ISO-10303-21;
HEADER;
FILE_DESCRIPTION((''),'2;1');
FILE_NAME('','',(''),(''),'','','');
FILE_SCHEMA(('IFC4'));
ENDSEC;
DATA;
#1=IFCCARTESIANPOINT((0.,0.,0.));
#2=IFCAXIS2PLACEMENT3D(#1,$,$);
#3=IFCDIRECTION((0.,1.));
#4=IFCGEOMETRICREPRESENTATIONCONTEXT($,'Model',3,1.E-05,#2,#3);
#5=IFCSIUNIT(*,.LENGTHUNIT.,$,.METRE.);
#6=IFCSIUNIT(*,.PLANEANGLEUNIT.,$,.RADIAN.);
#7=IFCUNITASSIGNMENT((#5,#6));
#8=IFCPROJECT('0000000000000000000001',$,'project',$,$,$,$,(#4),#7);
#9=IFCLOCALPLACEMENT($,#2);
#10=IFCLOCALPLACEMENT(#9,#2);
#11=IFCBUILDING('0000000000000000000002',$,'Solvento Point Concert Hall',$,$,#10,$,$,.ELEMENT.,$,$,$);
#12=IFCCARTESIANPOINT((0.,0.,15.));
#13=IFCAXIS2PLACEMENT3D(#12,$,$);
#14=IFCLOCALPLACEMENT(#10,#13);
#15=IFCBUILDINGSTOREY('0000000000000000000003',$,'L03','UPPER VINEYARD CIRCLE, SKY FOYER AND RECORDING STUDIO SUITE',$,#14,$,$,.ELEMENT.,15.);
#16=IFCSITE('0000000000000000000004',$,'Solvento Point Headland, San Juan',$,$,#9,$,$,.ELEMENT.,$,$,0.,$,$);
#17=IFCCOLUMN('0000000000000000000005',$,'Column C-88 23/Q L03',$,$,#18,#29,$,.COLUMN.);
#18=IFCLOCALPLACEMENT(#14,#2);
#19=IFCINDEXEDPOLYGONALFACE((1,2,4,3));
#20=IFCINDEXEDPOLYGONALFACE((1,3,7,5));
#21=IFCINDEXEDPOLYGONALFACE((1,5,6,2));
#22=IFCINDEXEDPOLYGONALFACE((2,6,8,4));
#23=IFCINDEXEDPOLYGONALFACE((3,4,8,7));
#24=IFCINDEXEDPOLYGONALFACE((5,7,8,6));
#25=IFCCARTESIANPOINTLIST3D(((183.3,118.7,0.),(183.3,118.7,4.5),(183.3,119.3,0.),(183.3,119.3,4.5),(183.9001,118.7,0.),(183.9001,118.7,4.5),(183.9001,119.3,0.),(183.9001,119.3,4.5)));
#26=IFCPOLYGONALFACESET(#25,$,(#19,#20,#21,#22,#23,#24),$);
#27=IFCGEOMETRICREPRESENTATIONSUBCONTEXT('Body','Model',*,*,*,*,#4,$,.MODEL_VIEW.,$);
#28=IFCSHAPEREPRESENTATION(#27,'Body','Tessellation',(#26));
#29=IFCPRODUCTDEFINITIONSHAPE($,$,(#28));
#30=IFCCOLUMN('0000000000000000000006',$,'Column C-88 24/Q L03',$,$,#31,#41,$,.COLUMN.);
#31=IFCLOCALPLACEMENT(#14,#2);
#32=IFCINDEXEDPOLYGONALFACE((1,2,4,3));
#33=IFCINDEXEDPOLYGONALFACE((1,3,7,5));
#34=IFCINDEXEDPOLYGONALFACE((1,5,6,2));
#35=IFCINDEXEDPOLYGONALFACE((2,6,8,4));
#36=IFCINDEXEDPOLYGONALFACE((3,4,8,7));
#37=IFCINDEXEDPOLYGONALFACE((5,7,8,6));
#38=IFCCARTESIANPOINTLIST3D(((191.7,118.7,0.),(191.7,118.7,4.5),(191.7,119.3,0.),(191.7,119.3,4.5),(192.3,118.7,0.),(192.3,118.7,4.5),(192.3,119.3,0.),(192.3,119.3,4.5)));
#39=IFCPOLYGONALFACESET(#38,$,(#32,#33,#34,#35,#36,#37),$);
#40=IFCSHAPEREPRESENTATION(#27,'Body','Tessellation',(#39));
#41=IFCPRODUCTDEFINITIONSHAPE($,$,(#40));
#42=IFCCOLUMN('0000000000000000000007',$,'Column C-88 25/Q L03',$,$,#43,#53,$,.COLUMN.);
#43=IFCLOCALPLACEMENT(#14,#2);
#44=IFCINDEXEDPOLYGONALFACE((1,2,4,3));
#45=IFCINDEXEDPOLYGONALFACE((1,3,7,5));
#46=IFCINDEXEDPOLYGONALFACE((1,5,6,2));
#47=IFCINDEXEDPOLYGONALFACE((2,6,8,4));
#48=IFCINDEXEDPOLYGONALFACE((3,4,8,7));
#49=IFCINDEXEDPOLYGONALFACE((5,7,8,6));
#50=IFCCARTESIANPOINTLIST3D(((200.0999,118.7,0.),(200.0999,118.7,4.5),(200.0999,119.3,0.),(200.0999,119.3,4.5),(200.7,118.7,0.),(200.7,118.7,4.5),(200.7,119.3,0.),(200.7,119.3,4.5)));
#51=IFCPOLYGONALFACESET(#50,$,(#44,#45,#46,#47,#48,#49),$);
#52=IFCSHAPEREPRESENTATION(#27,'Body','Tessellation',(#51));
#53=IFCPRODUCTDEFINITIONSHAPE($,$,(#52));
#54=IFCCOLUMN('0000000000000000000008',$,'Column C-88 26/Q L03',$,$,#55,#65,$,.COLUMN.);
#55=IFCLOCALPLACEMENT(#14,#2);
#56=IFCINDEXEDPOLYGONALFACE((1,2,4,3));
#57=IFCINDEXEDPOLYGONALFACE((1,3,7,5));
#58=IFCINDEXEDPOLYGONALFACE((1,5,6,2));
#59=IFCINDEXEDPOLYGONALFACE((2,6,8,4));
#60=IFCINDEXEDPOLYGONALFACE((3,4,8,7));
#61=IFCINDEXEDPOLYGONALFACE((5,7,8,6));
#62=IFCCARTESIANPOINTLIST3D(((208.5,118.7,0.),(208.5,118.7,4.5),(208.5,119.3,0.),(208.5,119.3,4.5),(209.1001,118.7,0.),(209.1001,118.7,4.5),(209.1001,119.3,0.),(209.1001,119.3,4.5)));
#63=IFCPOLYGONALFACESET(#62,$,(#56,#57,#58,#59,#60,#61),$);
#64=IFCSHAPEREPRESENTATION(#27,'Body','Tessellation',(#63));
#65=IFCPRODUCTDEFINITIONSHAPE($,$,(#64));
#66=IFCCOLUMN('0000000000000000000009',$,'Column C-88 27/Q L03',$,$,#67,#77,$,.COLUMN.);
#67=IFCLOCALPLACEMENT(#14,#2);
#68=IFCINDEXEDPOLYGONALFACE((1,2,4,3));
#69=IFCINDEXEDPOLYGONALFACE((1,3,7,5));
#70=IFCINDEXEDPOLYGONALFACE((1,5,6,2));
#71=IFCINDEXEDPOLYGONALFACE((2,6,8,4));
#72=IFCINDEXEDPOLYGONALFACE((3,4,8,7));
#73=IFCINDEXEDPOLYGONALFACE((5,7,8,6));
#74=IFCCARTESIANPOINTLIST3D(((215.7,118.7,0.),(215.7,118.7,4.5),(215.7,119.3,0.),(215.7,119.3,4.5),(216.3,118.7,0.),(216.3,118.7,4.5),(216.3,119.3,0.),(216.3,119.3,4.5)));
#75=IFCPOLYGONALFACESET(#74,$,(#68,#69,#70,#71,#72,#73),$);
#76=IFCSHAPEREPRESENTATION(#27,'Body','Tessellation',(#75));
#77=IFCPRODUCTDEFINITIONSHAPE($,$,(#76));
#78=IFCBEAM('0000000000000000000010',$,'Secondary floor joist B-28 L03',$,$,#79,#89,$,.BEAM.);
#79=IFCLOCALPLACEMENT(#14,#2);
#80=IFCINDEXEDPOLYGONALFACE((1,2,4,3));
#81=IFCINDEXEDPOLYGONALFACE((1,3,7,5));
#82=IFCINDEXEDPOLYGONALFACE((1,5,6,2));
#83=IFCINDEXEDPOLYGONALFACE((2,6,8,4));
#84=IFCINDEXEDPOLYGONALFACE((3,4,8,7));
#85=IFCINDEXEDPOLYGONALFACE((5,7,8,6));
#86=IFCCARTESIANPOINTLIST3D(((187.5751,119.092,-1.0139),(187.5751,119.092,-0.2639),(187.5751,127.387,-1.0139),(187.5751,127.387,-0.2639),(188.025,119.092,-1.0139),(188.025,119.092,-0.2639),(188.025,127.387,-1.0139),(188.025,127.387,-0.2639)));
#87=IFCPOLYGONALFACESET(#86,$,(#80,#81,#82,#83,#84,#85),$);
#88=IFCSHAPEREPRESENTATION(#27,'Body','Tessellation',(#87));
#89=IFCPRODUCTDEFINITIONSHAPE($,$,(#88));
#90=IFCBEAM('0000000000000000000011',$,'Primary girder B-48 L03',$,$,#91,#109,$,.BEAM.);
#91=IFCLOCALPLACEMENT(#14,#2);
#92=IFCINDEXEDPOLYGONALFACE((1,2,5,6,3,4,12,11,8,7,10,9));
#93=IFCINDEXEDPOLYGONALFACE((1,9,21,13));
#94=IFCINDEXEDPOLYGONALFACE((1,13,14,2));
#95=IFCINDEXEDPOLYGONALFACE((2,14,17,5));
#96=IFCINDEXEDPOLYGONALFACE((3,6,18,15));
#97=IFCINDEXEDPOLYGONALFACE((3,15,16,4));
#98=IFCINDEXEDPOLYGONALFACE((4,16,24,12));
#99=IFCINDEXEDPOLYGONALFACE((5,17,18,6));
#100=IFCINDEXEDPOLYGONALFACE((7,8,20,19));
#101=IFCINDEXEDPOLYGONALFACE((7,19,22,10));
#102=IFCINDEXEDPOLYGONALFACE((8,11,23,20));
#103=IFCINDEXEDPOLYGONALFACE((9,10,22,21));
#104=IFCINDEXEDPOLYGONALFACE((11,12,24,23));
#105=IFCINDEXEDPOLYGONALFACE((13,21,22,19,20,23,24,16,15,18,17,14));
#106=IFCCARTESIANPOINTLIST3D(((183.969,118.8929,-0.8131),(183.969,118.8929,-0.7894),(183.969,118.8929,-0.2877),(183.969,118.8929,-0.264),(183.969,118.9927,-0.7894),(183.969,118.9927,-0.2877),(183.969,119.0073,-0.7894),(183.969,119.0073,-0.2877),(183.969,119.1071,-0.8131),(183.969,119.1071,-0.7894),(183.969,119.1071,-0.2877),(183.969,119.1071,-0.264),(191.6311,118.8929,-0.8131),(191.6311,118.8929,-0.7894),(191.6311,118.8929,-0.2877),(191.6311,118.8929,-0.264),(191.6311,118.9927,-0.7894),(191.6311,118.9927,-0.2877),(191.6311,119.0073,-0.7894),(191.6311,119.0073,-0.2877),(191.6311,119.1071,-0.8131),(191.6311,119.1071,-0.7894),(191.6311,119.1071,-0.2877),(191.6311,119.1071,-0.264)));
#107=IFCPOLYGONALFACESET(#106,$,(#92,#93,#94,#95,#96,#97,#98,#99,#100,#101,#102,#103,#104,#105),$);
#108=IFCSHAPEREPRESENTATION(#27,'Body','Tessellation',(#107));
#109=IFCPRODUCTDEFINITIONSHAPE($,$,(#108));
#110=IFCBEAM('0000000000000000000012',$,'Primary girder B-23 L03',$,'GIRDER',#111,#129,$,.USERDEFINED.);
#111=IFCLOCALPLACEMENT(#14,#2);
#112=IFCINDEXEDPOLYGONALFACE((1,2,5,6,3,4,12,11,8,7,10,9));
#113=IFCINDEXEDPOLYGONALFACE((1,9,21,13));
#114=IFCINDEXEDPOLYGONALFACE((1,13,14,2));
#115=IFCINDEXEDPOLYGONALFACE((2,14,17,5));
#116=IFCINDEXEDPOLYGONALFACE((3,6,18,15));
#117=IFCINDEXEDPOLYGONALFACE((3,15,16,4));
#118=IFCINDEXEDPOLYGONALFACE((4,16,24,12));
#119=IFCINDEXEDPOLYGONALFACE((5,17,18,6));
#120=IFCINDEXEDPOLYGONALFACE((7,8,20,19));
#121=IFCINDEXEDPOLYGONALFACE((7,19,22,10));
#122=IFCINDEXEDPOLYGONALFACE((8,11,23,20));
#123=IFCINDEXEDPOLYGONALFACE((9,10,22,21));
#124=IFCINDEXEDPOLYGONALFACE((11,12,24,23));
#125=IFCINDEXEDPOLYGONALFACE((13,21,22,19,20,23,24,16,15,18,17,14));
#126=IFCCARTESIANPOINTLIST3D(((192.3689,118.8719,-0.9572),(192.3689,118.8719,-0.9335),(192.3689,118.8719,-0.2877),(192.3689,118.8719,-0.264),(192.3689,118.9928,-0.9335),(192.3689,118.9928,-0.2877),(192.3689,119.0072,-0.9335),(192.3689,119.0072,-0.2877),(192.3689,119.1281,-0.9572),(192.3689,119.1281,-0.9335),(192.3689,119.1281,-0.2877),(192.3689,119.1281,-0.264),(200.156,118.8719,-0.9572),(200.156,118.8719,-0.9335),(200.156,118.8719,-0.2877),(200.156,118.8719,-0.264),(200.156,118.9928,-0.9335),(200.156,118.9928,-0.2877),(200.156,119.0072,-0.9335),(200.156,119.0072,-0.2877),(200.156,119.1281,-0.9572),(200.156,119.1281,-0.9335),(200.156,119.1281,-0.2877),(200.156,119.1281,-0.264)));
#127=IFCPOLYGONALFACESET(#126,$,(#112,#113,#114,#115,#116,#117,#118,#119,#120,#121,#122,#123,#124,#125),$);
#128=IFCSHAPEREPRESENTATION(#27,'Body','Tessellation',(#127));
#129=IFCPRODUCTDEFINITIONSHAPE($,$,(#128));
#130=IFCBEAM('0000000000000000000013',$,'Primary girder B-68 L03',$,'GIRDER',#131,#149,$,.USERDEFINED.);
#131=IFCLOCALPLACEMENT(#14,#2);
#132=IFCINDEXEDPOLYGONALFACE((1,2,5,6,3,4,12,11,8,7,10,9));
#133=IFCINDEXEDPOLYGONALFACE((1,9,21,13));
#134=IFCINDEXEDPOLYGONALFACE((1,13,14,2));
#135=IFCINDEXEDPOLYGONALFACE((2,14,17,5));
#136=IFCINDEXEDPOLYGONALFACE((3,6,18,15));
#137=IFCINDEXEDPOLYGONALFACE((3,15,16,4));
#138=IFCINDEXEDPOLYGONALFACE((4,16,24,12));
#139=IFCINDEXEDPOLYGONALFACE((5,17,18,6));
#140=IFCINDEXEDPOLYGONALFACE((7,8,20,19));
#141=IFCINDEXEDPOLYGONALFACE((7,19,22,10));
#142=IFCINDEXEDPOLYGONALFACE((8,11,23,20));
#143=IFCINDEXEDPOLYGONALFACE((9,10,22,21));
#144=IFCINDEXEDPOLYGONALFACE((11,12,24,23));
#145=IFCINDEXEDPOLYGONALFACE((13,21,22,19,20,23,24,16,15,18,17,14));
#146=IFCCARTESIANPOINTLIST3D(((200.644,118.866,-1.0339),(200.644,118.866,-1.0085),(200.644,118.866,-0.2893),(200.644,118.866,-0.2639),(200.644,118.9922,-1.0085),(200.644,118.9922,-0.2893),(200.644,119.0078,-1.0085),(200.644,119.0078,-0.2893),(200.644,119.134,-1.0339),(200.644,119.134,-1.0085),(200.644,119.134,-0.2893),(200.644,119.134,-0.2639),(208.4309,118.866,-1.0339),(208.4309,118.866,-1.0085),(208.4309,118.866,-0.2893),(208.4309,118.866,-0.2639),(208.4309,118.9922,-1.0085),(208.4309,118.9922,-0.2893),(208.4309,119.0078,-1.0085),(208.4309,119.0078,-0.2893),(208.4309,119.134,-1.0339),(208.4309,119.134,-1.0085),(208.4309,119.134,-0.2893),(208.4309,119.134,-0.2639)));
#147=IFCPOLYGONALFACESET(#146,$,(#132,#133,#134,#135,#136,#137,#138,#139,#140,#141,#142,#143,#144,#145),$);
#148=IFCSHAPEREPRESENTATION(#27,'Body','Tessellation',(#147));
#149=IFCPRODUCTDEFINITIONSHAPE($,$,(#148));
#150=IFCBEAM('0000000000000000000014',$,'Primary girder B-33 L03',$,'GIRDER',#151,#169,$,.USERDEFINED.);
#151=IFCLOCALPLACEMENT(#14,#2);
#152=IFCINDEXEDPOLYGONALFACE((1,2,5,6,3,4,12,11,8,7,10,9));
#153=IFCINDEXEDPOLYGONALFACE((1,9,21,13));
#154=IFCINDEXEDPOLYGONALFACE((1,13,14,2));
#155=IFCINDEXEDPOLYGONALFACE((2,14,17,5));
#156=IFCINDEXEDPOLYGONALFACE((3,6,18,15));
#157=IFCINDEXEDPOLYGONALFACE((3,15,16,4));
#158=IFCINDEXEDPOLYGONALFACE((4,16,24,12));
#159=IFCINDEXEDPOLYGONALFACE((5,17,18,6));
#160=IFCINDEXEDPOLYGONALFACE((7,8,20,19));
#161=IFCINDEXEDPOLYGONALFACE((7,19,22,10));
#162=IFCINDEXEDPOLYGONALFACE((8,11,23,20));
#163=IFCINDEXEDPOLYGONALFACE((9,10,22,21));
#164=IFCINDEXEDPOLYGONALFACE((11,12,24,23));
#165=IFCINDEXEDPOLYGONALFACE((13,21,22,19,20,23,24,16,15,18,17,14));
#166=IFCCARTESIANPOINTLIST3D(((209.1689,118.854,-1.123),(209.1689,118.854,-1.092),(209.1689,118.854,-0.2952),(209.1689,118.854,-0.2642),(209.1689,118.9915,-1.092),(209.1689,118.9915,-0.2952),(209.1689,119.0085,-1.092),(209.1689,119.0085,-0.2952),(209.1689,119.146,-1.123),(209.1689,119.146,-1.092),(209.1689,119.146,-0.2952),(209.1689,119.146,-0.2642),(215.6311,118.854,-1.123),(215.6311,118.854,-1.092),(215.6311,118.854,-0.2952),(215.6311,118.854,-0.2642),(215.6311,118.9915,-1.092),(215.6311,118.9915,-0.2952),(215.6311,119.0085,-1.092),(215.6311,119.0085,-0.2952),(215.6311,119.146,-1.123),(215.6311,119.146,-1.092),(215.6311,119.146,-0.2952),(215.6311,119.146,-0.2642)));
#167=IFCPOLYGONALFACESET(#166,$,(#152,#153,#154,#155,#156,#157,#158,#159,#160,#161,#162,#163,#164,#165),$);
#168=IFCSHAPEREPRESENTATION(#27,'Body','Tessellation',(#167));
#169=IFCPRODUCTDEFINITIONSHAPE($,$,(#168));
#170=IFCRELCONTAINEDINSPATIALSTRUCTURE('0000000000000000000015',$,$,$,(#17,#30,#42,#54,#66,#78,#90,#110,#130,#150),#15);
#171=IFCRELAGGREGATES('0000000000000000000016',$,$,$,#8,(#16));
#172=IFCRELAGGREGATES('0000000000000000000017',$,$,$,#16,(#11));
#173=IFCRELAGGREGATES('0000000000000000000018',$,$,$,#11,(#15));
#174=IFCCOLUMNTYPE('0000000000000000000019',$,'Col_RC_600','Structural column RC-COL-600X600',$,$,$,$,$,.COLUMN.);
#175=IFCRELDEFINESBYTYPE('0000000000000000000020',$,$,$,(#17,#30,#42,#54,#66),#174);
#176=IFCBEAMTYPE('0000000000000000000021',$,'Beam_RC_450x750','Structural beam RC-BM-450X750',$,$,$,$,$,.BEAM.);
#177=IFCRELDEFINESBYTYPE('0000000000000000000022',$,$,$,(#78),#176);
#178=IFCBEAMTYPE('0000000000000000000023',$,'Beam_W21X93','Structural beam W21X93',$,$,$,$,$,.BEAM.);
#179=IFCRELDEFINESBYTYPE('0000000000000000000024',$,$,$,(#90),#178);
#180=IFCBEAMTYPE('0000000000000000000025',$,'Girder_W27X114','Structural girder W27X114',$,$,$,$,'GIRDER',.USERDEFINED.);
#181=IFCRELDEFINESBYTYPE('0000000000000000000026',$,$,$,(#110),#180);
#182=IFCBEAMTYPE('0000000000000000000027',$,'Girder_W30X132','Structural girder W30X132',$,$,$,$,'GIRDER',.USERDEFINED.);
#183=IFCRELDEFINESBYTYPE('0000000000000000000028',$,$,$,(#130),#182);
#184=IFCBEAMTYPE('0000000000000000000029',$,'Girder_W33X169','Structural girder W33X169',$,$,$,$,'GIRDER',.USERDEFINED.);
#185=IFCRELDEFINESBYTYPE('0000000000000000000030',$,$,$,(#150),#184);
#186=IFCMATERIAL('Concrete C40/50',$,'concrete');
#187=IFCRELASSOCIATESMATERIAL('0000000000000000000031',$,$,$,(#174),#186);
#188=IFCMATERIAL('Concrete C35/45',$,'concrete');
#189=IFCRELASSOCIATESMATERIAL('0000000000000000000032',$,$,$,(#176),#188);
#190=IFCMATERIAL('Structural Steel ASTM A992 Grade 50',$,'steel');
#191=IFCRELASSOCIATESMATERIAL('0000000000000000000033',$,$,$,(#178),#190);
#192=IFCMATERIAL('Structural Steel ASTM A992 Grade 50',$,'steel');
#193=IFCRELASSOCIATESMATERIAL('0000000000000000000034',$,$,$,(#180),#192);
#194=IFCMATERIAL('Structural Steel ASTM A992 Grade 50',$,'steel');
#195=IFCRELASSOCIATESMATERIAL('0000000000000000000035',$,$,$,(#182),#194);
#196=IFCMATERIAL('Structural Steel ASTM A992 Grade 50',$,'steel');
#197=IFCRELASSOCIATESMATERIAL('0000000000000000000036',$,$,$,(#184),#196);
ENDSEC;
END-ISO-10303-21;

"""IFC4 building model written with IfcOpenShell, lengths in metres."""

from ifc_helpers import new_model, si_unit, direction, frame, origin, origin_2d, place, context, subcontext, project, spatial, rectangle, i_section, extrude, material, material_profile, profile_set, type_object, element, save


model = new_model("IFC4")

# Units and contexts
model_context = context("Model", 3, precision=1e-05, world=origin(), true_north=direction((0.0, 1.0)))
body_context = subcontext(model_context, "Body", "Model", "MODEL_VIEW")
ifc_project = project(units=[si_unit("LENGTHUNIT", "METRE"), si_unit("PLANEANGLEUNIT", "RADIAN")], contexts=[model_context])

# Site, building, storey
site_placement = place(None, origin())
site = spatial("IfcSite", under=ifc_project, at=site_placement, Name="Solvento Point Headland, San Juan", CompositionType="ELEMENT", RefElevation=0.0)
building_placement = place(site_placement, origin())
building = spatial("IfcBuilding", under=site, at=building_placement, Name="Solvento Point Concert Hall", CompositionType="ELEMENT")
storey_placement = place(building_placement, frame((0.0, 0.0, 15.0)))
storey = spatial("IfcBuildingStorey", under=building, at=storey_placement, Name="L03", Description="UPPER VINEYARD CIRCLE, SKY FOYER AND RECORDING STUDIO SUITE", CompositionType="ELEMENT", Elevation=15.0)

# Columns
ifc_material_1 = material(Name="Concrete C40/50", Category="concrete")
ifc_material_profile_1 = material_profile(ifc_material_1, rectangle(XDim=0.6001, YDim=0.6001, at=origin_2d()), Name="RC-COL-600X600")
ifc_profile_set_1 = profile_set([ifc_material_profile_1], Name="Concrete C40/50")
column_type = type_object("IfcColumnType", Name="Col_RC_600", Description="Structural column RC-COL-600X600", PredefinedType="COLUMN", material=ifc_profile_set_1)
for number, where, z_axis, x_axis, name in (
    (1, (183.6001, 119.0, 0.0), (0.0, 0.0, 1.0), (1.0, 0.0, 0.0), "Column C-88 23/Q L03"),
    (2, (192.0, 119.0, 0.0), (0.0, 0.0, 1.0), (1.0, 0.0, 0.0), "Column C-88 24/Q L03"),
    (3, (200.3999, 119.0, 0.0), (0.0, 0.0, 1.0), (1.0, 0.0, 0.0), "Column C-88 25/Q L03"),
    (4, (208.8, 119.0, 0.0), (0.0, 0.0, 1.0), (1.0, 0.0, 0.0), "Column C-88 26/Q L03"),
    (5, (216.0, 119.0, 0.0), (0.0, 0.0, 1.0), (1.0, 0.0, 0.0), "Column C-88 27/Q L03"),
):
    element("IfcColumn", number, at=place(storey_placement, frame(where, z_axis=z_axis, x_axis=x_axis)), inside=storey, type_object=column_type, Name=name, PredefinedType="COLUMN", context=body_context, shape_type="SweptSolid", body=[
        extrude(rectangle(XDim=0.6001, YDim=0.6001, at=origin_2d()), origin(), (0.0, 0.0, 1.0), 4.5),
    ])

# Beams
ifc_material_2 = material(Name="Concrete C35/45", Category="concrete")
ifc_material_profile_2 = material_profile(ifc_material_2, rectangle(XDim=0.45, YDim=0.75, at=origin_2d()), Name="RC-BM-450X750")
ifc_profile_set_2 = profile_set([ifc_material_profile_2], Name="Concrete C35/45")
beam_type_1 = type_object("IfcBeamType", Name="Beam_RC_450x750", Description="Structural beam RC-BM-450X750", PredefinedType="BEAM", material=ifc_profile_set_2)
beam_1_placement = place(storey_placement, frame((187.8, 119.092, -0.6389), z_axis=(0.0, 1.0, 0.0), x_axis=(-1.0, 0.0, 0.0)))
element("IfcBeam", 6, at=beam_1_placement, inside=storey, type_object=beam_type_1, Name="Secondary floor joist B-28 L03", PredefinedType="BEAM", context=body_context, shape_type="SweptSolid", body=[
    extrude(rectangle(XDim=0.45, YDim=0.75, at=origin_2d()), origin(), (0.0, 0.0, 1.0), 8.2949),
])
ifc_material_3 = material(Name="Structural Steel ASTM A992 Grade 50", Category="steel")
ifc_material_profile_3 = material_profile(ifc_material_3, i_section(OverallWidth=0.2141, OverallDepth=0.5491, WebThickness=0.0146, FlangeThickness=0.0237, at=origin_2d()), Name="W21X93")
ifc_profile_set_3 = profile_set([ifc_material_profile_3], Name="Structural Steel ASTM A992 Grade 50")
beam_type_2 = type_object("IfcBeamType", Name="Beam_W21X93", Description="Structural beam W21X93", PredefinedType="BEAM", material=ifc_profile_set_3)
beam_2_placement = place(storey_placement, frame((183.969, 119.0, -0.5386), z_axis=(1.0, 0.0, 0.0), x_axis=(0.0, 1.0, 0.0)))
element("IfcBeam", 7, at=beam_2_placement, inside=storey, type_object=beam_type_2, Name="Primary girder B-48 L03", PredefinedType="BEAM", context=body_context, shape_type="SweptSolid", body=[
    extrude(i_section(OverallWidth=0.2141, OverallDepth=0.5491, WebThickness=0.0146, FlangeThickness=0.0237, at=origin_2d()), origin(), (0.0, 0.0, 1.0), 7.6621),
])
ifc_material_4 = material(Name="Structural Steel ASTM A992 Grade 50", Category="steel")
ifc_material_profile_4 = material_profile(ifc_material_4, i_section(OverallWidth=0.2561, OverallDepth=0.6931, WebThickness=0.0144, FlangeThickness=0.0237, at=origin_2d()), Name="W27X114")
ifc_profile_set_4 = profile_set([ifc_material_profile_4], Name="Structural Steel ASTM A992 Grade 50")
beam_type_3 = type_object("IfcBeamType", Name="Girder_W27X114", Description="Structural girder W27X114", ElementType="GIRDER", PredefinedType="USERDEFINED", material=ifc_profile_set_4)
beam_3_placement = place(storey_placement, frame((192.3689, 119.0, -0.6106), z_axis=(1.0, 0.0, 0.0), x_axis=(0.0, 1.0, 0.0)))
element("IfcBeam", 8, at=beam_3_placement, inside=storey, type_object=beam_type_3, Name="Primary girder B-23 L03", ObjectType="GIRDER", PredefinedType="USERDEFINED", context=body_context, shape_type="SweptSolid", body=[
    extrude(i_section(OverallWidth=0.2561, OverallDepth=0.6931, WebThickness=0.0144, FlangeThickness=0.0237, at=origin_2d()), origin(), (0.0, 0.0, 1.0), 7.7871),
])
ifc_material_5 = material(Name="Structural Steel ASTM A992 Grade 50", Category="steel")
ifc_material_profile_5 = material_profile(ifc_material_5, i_section(OverallWidth=0.2681, OverallDepth=0.77, WebThickness=0.0156, FlangeThickness=0.0254, at=origin_2d()), Name="W30X132")
ifc_profile_set_5 = profile_set([ifc_material_profile_5], Name="Structural Steel ASTM A992 Grade 50")
beam_type_4 = type_object("IfcBeamType", Name="Girder_W30X132", Description="Structural girder W30X132", ElementType="GIRDER", PredefinedType="USERDEFINED", material=ifc_profile_set_5)
beam_4_placement = place(storey_placement, frame((200.644, 119.0, -0.6489), z_axis=(1.0, 0.0, 0.0), x_axis=(0.0, 1.0, 0.0)))
element("IfcBeam", 9, at=beam_4_placement, inside=storey, type_object=beam_type_4, Name="Primary girder B-68 L03", ObjectType="GIRDER", PredefinedType="USERDEFINED", context=body_context, shape_type="SweptSolid", body=[
    extrude(i_section(OverallWidth=0.2681, OverallDepth=0.77, WebThickness=0.0156, FlangeThickness=0.0254, at=origin_2d()), origin(), (0.0, 0.0, 1.0), 7.7869),
])
ifc_material_6 = material(Name="Structural Steel ASTM A992 Grade 50", Category="steel")
ifc_material_profile_6 = material_profile(ifc_material_6, i_section(OverallWidth=0.292, OverallDepth=0.8589, WebThickness=0.0171, FlangeThickness=0.031, at=origin_2d()), Name="W33X169")
ifc_profile_set_6 = profile_set([ifc_material_profile_6], Name="Structural Steel ASTM A992 Grade 50")
beam_type_5 = type_object("IfcBeamType", Name="Girder_W33X169", Description="Structural girder W33X169", ElementType="GIRDER", PredefinedType="USERDEFINED", material=ifc_profile_set_6)
beam_5_placement = place(storey_placement, frame((209.1689, 119.0, -0.6936), z_axis=(1.0, 0.0, 0.0), x_axis=(0.0, 1.0, 0.0)))
element("IfcBeam", 10, at=beam_5_placement, inside=storey, type_object=beam_type_5, Name="Primary girder B-33 L03", ObjectType="GIRDER", PredefinedType="USERDEFINED", context=body_context, shape_type="SweptSolid", body=[
    extrude(i_section(OverallWidth=0.292, OverallDepth=0.8589, WebThickness=0.0171, FlangeThickness=0.031, at=origin_2d()), origin(), (0.0, 0.0, 1.0), 6.4622),
])

save(model, "model.ifc")
